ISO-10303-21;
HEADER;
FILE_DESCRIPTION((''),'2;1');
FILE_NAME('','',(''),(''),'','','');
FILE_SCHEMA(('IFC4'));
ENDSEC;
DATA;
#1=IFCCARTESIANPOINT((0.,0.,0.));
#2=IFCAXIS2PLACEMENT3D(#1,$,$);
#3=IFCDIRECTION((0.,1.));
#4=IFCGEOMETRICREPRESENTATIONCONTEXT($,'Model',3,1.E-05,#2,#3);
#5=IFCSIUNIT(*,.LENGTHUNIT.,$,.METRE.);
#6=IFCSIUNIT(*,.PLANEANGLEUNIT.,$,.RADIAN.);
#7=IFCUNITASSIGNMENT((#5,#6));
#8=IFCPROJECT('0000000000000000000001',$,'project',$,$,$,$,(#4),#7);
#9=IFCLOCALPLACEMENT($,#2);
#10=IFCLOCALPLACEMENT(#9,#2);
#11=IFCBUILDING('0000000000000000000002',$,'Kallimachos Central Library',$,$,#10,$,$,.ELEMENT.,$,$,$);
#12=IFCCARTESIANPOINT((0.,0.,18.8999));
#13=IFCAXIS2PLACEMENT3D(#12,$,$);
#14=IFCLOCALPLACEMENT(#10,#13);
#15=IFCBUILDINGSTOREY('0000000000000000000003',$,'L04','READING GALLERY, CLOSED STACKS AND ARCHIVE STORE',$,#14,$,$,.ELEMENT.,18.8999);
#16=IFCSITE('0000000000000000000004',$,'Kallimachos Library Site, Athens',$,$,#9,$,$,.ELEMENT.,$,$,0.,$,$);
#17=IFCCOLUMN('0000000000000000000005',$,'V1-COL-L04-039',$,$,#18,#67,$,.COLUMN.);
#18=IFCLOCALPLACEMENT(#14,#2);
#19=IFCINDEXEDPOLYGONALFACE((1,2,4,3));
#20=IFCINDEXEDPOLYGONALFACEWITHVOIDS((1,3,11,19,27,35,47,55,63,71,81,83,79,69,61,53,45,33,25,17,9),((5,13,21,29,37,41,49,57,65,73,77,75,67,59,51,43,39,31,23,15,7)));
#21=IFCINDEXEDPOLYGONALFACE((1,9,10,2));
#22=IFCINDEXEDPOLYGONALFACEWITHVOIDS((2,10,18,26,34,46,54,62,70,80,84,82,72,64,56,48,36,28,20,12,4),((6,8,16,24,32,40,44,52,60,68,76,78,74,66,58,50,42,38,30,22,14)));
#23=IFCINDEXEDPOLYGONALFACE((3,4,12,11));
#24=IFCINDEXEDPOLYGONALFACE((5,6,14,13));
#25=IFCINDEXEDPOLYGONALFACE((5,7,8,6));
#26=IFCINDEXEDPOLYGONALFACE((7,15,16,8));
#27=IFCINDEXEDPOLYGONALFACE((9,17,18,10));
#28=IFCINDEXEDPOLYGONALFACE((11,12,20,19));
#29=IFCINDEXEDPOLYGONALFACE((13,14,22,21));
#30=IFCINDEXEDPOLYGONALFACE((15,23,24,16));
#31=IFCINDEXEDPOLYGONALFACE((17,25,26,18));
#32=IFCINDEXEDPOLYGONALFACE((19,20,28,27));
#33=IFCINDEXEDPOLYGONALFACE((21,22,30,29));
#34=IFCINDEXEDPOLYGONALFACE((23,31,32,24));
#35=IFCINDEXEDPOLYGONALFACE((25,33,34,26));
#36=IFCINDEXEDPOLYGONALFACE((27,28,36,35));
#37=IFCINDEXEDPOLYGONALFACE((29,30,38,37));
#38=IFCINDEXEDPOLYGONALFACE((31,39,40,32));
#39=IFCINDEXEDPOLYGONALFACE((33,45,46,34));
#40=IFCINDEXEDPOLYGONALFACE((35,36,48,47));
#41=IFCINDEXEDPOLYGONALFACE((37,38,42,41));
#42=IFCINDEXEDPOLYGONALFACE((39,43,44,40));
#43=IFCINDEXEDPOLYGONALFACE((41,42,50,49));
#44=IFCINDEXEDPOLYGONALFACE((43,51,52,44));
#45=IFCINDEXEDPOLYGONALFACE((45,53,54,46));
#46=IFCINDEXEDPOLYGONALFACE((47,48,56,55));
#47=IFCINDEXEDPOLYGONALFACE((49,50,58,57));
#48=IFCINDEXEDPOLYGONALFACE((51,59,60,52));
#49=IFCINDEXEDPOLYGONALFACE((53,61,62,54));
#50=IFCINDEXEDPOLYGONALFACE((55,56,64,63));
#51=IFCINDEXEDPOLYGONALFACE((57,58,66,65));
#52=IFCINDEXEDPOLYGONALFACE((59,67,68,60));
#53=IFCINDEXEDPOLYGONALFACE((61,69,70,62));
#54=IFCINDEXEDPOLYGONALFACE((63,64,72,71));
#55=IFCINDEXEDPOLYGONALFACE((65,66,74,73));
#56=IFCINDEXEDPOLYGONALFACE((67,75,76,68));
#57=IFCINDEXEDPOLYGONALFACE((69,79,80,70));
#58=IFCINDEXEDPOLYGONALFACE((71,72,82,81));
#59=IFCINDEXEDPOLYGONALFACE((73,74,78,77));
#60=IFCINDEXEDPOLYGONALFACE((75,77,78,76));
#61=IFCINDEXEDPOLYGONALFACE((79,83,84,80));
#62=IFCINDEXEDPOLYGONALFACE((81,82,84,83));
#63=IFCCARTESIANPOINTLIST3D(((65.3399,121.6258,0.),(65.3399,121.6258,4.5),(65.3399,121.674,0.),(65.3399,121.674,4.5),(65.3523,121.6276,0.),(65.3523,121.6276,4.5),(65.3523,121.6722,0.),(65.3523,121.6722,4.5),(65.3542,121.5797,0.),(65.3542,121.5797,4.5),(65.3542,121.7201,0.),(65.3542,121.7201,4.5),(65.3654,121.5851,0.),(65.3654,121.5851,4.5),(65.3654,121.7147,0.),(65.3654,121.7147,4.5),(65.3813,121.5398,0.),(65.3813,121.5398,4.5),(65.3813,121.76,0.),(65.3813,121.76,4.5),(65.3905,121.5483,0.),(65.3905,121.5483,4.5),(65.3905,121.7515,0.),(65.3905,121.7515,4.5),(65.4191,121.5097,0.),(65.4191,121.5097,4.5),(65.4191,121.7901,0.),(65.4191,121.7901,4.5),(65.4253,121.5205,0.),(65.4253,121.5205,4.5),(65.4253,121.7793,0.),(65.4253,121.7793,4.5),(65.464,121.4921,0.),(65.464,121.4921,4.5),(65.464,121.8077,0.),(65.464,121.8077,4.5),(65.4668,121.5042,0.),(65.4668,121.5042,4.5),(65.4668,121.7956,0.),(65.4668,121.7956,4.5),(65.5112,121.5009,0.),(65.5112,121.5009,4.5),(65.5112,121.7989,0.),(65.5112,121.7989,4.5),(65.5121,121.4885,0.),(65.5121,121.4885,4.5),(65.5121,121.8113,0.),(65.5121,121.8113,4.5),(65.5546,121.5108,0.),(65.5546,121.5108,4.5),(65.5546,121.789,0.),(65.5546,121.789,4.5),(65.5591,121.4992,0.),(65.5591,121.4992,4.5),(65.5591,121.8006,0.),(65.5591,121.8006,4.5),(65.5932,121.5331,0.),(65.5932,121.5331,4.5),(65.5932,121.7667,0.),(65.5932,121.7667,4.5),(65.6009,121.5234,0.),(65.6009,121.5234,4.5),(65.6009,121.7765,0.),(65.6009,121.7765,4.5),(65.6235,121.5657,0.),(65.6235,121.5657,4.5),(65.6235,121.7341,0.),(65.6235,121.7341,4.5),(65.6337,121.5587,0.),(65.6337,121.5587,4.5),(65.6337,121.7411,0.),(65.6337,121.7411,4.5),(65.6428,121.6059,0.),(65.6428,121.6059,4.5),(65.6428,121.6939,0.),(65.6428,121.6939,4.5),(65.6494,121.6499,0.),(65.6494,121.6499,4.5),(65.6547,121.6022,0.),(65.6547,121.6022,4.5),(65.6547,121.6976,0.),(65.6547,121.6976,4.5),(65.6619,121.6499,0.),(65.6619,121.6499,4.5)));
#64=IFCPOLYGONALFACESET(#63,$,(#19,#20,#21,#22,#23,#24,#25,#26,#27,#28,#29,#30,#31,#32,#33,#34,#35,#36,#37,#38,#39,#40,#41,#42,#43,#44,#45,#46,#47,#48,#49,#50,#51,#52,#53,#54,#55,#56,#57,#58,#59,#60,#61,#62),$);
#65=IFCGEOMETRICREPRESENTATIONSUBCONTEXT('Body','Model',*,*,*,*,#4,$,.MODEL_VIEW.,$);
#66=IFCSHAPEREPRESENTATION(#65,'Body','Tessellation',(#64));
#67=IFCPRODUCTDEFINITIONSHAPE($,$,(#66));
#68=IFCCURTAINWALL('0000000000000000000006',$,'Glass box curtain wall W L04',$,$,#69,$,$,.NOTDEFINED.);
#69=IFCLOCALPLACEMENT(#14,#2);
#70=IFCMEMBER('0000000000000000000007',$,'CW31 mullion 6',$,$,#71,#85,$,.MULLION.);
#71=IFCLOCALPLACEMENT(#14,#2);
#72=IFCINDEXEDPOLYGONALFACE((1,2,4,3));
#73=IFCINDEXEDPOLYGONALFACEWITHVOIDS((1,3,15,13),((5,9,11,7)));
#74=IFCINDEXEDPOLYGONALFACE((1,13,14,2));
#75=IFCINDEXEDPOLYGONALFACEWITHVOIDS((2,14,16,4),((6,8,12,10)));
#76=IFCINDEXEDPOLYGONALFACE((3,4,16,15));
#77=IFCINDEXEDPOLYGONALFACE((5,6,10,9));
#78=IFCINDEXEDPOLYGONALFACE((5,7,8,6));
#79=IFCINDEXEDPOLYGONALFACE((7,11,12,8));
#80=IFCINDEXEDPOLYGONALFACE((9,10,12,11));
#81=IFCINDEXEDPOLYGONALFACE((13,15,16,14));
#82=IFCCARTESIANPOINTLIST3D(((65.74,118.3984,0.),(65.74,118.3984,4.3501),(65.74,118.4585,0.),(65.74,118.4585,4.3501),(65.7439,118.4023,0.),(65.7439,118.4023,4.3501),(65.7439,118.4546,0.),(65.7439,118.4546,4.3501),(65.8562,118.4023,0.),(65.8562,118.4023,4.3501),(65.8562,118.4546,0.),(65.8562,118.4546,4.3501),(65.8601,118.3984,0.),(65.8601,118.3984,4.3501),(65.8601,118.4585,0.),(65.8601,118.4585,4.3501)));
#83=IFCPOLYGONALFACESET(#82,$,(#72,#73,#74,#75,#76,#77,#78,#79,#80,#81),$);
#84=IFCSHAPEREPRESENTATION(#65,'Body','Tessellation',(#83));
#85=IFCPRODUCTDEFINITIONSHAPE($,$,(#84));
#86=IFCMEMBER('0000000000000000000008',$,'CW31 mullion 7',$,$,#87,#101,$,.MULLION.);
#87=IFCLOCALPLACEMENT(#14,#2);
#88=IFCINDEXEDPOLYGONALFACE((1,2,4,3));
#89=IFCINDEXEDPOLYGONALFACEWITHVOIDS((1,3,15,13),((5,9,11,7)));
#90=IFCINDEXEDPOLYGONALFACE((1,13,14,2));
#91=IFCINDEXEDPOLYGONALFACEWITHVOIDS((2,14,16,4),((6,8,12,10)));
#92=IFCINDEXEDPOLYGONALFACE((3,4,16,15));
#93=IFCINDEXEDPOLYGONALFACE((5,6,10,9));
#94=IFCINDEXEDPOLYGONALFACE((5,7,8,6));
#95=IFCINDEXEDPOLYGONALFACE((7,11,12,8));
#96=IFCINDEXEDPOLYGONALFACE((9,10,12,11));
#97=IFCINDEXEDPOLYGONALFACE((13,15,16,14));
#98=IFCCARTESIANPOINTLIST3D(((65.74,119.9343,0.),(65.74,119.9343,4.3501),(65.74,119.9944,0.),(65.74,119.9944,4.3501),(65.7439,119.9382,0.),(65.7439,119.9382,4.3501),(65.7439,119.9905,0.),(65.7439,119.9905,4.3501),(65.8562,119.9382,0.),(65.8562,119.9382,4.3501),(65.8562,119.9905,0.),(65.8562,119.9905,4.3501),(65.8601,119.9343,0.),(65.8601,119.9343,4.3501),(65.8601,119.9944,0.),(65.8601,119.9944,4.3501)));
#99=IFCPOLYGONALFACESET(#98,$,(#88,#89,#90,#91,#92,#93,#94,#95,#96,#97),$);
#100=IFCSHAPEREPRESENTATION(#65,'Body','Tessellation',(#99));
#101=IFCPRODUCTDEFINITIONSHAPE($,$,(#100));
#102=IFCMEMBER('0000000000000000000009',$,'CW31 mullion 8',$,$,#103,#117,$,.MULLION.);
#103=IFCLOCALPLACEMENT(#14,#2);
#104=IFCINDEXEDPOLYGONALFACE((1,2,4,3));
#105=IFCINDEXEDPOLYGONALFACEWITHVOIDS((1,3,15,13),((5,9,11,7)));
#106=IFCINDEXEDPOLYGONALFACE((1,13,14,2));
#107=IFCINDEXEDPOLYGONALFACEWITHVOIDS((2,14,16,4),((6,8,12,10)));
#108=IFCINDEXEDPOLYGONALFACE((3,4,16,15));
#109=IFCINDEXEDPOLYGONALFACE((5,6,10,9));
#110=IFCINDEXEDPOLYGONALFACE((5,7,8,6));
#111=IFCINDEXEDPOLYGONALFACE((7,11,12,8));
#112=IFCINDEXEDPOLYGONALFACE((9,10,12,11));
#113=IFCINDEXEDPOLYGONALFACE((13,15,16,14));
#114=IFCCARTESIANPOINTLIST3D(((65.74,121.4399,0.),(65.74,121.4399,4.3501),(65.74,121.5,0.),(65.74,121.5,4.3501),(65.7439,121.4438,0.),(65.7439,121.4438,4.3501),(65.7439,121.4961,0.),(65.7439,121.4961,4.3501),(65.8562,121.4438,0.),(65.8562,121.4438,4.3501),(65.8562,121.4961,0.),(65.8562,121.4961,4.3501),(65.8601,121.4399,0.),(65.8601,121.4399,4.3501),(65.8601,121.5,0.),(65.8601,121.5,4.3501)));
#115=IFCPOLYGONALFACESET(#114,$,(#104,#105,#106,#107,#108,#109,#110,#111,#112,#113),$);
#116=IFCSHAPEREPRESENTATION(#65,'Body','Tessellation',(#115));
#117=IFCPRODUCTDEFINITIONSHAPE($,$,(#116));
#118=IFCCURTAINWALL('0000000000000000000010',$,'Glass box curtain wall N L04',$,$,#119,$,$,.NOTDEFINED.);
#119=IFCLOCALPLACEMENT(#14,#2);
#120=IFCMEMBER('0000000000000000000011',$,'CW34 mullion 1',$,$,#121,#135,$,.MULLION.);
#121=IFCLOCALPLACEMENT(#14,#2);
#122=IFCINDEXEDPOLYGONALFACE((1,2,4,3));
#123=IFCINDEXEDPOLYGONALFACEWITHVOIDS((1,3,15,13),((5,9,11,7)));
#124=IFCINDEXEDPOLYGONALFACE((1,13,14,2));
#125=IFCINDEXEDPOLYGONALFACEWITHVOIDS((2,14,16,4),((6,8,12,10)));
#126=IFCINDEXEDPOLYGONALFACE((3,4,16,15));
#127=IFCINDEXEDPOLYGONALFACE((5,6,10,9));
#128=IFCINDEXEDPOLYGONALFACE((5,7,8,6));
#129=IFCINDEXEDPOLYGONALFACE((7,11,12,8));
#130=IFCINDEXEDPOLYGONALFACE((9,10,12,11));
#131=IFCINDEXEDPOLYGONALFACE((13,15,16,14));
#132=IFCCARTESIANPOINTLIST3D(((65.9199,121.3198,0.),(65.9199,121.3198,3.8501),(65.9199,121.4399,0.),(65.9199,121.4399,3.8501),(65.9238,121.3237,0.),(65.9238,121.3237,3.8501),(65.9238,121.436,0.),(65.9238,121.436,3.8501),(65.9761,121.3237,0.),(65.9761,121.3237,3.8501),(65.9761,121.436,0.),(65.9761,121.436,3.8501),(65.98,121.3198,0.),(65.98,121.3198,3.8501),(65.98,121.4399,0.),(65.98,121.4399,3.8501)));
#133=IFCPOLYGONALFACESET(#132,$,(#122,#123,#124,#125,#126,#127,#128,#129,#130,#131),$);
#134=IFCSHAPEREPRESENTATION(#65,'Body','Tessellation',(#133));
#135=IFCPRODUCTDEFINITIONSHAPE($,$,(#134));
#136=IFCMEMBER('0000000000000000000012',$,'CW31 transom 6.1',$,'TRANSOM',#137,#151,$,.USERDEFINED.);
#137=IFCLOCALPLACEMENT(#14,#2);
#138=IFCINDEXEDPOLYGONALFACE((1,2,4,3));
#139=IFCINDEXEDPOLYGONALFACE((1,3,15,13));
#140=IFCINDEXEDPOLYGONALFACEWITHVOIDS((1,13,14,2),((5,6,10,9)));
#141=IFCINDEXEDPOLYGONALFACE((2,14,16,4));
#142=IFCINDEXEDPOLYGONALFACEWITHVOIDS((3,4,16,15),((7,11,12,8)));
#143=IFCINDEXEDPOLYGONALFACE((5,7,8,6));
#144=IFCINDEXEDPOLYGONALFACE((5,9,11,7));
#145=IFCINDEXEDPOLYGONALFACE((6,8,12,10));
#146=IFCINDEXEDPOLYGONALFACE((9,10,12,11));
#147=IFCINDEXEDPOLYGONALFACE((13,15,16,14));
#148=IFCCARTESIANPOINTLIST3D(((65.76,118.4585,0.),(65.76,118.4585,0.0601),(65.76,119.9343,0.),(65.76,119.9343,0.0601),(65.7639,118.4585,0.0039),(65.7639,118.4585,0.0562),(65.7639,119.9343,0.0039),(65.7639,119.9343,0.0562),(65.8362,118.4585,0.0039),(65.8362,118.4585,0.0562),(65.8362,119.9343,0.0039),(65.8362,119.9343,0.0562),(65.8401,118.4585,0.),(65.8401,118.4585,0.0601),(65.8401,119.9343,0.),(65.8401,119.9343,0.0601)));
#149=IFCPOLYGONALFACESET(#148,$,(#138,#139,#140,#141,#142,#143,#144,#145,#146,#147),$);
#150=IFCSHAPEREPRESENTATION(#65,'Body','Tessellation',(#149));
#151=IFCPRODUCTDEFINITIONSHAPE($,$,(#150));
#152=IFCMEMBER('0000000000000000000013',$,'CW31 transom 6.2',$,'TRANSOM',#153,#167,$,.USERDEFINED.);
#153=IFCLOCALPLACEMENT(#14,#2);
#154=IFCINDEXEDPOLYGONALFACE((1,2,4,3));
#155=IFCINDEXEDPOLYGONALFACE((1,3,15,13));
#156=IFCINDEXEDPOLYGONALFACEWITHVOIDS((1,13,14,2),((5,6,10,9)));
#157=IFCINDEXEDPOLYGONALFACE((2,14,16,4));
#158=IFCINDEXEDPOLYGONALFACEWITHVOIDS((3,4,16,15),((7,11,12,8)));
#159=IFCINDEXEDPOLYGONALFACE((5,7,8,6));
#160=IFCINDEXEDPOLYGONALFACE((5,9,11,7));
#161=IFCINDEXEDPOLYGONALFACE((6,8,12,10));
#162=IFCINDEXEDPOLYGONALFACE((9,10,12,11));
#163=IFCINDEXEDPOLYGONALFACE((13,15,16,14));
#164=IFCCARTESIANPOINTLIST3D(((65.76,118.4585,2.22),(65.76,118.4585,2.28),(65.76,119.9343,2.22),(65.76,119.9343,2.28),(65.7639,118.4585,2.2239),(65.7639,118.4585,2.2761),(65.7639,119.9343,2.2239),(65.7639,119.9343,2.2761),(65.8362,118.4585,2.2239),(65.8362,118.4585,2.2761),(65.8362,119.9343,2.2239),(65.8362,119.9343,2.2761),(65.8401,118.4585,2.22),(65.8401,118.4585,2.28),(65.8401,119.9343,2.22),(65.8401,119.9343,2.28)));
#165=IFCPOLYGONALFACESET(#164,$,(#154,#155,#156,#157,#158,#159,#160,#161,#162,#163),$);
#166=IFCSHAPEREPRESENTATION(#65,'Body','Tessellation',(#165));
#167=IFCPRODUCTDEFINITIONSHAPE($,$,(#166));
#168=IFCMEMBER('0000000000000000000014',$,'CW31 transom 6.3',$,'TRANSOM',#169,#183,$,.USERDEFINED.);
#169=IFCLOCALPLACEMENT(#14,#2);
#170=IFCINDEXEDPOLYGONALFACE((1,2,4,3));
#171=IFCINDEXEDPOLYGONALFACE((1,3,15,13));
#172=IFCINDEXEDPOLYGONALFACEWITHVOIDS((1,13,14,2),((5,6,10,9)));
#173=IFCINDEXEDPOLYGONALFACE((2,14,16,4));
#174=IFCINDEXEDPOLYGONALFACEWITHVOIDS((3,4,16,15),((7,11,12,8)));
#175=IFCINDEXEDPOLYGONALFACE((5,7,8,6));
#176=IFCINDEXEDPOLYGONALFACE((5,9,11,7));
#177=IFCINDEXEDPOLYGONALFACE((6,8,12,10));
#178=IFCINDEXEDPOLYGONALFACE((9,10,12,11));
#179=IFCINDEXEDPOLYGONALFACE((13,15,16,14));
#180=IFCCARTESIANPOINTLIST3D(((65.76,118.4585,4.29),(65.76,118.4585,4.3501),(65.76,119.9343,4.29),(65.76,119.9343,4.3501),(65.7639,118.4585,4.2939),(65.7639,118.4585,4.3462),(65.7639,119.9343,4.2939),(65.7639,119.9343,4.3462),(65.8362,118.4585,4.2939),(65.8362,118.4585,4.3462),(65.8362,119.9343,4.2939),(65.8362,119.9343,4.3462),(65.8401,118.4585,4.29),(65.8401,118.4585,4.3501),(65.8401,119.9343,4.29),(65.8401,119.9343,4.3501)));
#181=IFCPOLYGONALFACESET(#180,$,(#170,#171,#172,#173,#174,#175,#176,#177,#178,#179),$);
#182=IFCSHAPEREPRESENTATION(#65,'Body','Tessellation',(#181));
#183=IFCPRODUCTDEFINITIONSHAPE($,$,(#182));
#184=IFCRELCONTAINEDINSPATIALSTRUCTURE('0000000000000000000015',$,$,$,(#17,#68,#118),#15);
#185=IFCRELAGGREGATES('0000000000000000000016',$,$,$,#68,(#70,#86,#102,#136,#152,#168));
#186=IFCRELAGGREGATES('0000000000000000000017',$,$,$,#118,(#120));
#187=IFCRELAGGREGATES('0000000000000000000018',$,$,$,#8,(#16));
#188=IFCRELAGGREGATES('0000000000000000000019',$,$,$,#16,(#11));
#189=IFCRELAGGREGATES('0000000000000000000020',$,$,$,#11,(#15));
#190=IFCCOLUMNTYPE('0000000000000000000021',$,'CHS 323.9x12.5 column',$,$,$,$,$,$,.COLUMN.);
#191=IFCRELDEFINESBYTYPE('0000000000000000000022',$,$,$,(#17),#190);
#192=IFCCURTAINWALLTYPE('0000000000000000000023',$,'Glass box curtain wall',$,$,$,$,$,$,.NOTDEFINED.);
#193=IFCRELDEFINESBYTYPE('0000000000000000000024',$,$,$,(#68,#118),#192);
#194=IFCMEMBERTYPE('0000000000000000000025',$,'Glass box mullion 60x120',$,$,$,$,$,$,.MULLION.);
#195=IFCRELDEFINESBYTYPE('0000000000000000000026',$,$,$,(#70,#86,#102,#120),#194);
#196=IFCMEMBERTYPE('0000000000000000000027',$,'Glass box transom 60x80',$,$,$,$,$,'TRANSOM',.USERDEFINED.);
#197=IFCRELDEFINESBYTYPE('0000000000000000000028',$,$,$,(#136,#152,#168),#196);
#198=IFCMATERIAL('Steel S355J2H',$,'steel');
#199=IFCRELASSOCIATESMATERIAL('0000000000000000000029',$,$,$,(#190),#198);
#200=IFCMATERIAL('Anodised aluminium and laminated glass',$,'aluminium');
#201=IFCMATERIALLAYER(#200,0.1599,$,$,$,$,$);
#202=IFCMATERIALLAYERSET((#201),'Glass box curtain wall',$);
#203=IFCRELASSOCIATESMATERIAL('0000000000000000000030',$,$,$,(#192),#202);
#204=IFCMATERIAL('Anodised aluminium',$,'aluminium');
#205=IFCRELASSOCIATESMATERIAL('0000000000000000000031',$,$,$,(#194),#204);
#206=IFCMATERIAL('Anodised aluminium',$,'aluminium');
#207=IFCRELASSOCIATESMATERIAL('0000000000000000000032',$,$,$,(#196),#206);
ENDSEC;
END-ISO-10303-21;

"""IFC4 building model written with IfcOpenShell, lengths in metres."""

from ifc_helpers import new_model, si_unit, direction, frame, origin, origin_2d, place, context, subcontext, project, spatial, hollow_rectangle, hollow_circle, extrude, material, layer, layer_set, material_profile, profile_set, type_object, element, aggregate, save


model = new_model("IFC4")

# Units and contexts
model_context = context("Model", 3, precision=1e-05, world=origin(), true_north=direction((0.0, 1.0)))
body_context = subcontext(model_context, "Body", "Model", "MODEL_VIEW")
ifc_project = project(units=[si_unit("LENGTHUNIT", "METRE"), si_unit("PLANEANGLEUNIT", "RADIAN")], contexts=[model_context])

# Site, building, storey
site_placement = place(None, origin())
site = spatial("IfcSite", under=ifc_project, at=site_placement, Name="Kallimachos Library Site, Athens", CompositionType="ELEMENT", RefElevation=0.0)
building_placement = place(site_placement, origin())
building = spatial("IfcBuilding", under=site, at=building_placement, Name="Kallimachos Central Library", CompositionType="ELEMENT")
storey_placement = place(building_placement, frame((0.0, 0.0, 18.8999)))
storey = spatial("IfcBuildingStorey", under=building, at=storey_placement, Name="L04", Description="READING GALLERY, CLOSED STACKS AND ARCHIVE STORE", CompositionType="ELEMENT", Elevation=18.8999)

# Column
ifc_material_1 = material(Name="Steel S355J2H", Category="steel")
ifc_material_profile_1 = material_profile(ifc_material_1, hollow_circle(Radius=0.1619, WallThickness=0.0125, at=origin_2d()), Name="CHS 323.9x12.5")
ifc_profile_set_1 = profile_set([ifc_material_profile_1], Name="Steel S355J2H")
column_type = type_object("IfcColumnType", Name="CHS 323.9x12.5 column", PredefinedType="COLUMN", material=ifc_profile_set_1)
column_placement = place(storey_placement, frame((65.5, 121.6499, 0.0), z_axis=(0.0, 0.0, 1.0), x_axis=(1.0, 0.0, 0.0)))
element("IfcColumn", 1, at=column_placement, inside=storey, type_object=column_type, Name="V1-COL-L04-039", PredefinedType="COLUMN", context=body_context, shape_type="SweptSolid", body=[
    extrude(hollow_circle(Radius=0.1619, WallThickness=0.0125, at=origin_2d()), origin(), (0.0, 0.0, 1.0), 4.5),
])

# Curtain wall, members
ifc_material_2 = material(Name="Anodised aluminium and laminated glass", Category="aluminium")
ifc_layer_1 = layer(ifc_material_2, 0.1599)
ifc_layer_set_1 = layer_set([ifc_layer_1], Name="Glass box curtain wall")
curtain_wall_type = type_object("IfcCurtainWallType", Name="Glass box curtain wall", PredefinedType="NOTDEFINED", material=ifc_layer_set_1)
curtain_wall_1_placement = place(storey_placement, origin())
curtain_wall_1 = element("IfcCurtainWall", 2, at=curtain_wall_1_placement, inside=storey, type_object=curtain_wall_type, Name="Glass box curtain wall W L04", PredefinedType="NOTDEFINED")
ifc_material_3 = material(Name="Anodised aluminium", Category="aluminium")
ifc_material_profile_2 = material_profile(ifc_material_3, hollow_rectangle(XDim=0.0601, YDim=0.1201, WallThickness=0.0039, at=origin_2d()), Name="ALU MULLION 60x120")
ifc_profile_set_2 = profile_set([ifc_material_profile_2], Name="Anodised aluminium")
member_type_1 = type_object("IfcMemberType", Name="Glass box mullion 60x120", PredefinedType="MULLION", material=ifc_profile_set_2)
member_1_placement = place(storey_placement, frame((65.8, 118.4285, 0.0), z_axis=(0.0, 0.0, 1.0), x_axis=(0.0, 1.0, 0.0)))
member_1 = element("IfcMember", 3, at=member_1_placement, type_object=member_type_1, Name="CW31 mullion 6", PredefinedType="MULLION", context=body_context, shape_type="SweptSolid", body=[
    extrude(hollow_rectangle(XDim=0.0601, YDim=0.1201, WallThickness=0.0039, at=origin_2d()), origin(), (0.0, 0.0, 1.0), 4.3501),
])
member_2_placement = place(storey_placement, frame((65.8, 119.9644, 0.0), z_axis=(0.0, 0.0, 1.0), x_axis=(0.0, 1.0, 0.0)))
member_2 = element("IfcMember", 4, at=member_2_placement, type_object=member_type_1, Name="CW31 mullion 7", PredefinedType="MULLION", context=body_context, shape_type="SweptSolid", body=[
    extrude(hollow_rectangle(XDim=0.0601, YDim=0.1201, WallThickness=0.0039, at=origin_2d()), origin(), (0.0, 0.0, 1.0), 4.3501),
])
member_3_placement = place(storey_placement, frame((65.8, 121.47, 0.0), z_axis=(0.0, 0.0, 1.0), x_axis=(0.0, 1.0, 0.0)))
member_3 = element("IfcMember", 5, at=member_3_placement, type_object=member_type_1, Name="CW31 mullion 8", PredefinedType="MULLION", context=body_context, shape_type="SweptSolid", body=[
    extrude(hollow_rectangle(XDim=0.0601, YDim=0.1201, WallThickness=0.0039, at=origin_2d()), origin(), (0.0, 0.0, 1.0), 4.3501),
])

# Curtain wall, member
curtain_wall_2_placement = place(storey_placement, origin())
curtain_wall_2 = element("IfcCurtainWall", 6, at=curtain_wall_2_placement, inside=storey, type_object=curtain_wall_type, Name="Glass box curtain wall N L04", PredefinedType="NOTDEFINED")
member_4_placement = place(storey_placement, frame((65.95, 121.3799, 0.0), z_axis=(0.0, 0.0, 1.0), x_axis=(1.0, 0.0, 0.0)))
member_4 = element("IfcMember", 7, at=member_4_placement, type_object=member_type_1, Name="CW34 mullion 1", PredefinedType="MULLION", context=body_context, shape_type="SweptSolid", body=[
    extrude(hollow_rectangle(XDim=0.0601, YDim=0.1201, WallThickness=0.0039, at=origin_2d()), origin(), (0.0, 0.0, 1.0), 3.8501),
])

# Members
ifc_material_4 = material(Name="Anodised aluminium", Category="aluminium")
ifc_material_profile_3 = material_profile(ifc_material_4, hollow_rectangle(XDim=0.0601, YDim=0.0801, WallThickness=0.0039, at=origin_2d()), Name="ALU TRANSOM 60x80")
ifc_profile_set_3 = profile_set([ifc_material_profile_3], Name="Anodised aluminium")
member_type_2 = type_object("IfcMemberType", Name="Glass box transom 60x80", ElementType="TRANSOM", PredefinedType="USERDEFINED", material=ifc_profile_set_3)
member_5_placement = place(storey_placement, frame((65.8, 118.4585, 0.03), z_axis=(0.0, 1.0, 0.0), x_axis=(0.0, 0.0, 1.0)))
member_5 = element("IfcMember", 8, at=member_5_placement, type_object=member_type_2, Name="CW31 transom 6.1", ObjectType="TRANSOM", PredefinedType="USERDEFINED", context=body_context, shape_type="SweptSolid", body=[
    extrude(hollow_rectangle(XDim=0.0601, YDim=0.0801, WallThickness=0.0039, at=origin_2d()), origin(), (0.0, 0.0, 1.0), 1.4758),
])
member_6_placement = place(storey_placement, frame((65.8, 118.4585, 2.25), z_axis=(0.0, 1.0, 0.0), x_axis=(0.0, 0.0, 1.0)))
member_6 = element("IfcMember", 9, at=member_6_placement, type_object=member_type_2, Name="CW31 transom 6.2", ObjectType="TRANSOM", PredefinedType="USERDEFINED", context=body_context, shape_type="SweptSolid", body=[
    extrude(hollow_rectangle(XDim=0.0601, YDim=0.0801, WallThickness=0.0039, at=origin_2d()), origin(), (0.0, 0.0, 1.0), 1.4758),
])
member_7_placement = place(storey_placement, frame((65.8, 118.4585, 4.3201), z_axis=(0.0, 1.0, 0.0), x_axis=(0.0, 0.0, 1.0)))
member_7 = element("IfcMember", 10, at=member_7_placement, type_object=member_type_2, Name="CW31 transom 6.3", ObjectType="TRANSOM", PredefinedType="USERDEFINED", context=body_context, shape_type="SweptSolid", body=[
    extrude(hollow_rectangle(XDim=0.0601, YDim=0.0801, WallThickness=0.0039, at=origin_2d()), origin(), (0.0, 0.0, 1.0), 1.4758),
])

aggregate(curtain_wall_1, [member_1, member_2, member_3, member_5, member_6, member_7])
aggregate(curtain_wall_2, [member_4])

save(model, "model.ifc")
